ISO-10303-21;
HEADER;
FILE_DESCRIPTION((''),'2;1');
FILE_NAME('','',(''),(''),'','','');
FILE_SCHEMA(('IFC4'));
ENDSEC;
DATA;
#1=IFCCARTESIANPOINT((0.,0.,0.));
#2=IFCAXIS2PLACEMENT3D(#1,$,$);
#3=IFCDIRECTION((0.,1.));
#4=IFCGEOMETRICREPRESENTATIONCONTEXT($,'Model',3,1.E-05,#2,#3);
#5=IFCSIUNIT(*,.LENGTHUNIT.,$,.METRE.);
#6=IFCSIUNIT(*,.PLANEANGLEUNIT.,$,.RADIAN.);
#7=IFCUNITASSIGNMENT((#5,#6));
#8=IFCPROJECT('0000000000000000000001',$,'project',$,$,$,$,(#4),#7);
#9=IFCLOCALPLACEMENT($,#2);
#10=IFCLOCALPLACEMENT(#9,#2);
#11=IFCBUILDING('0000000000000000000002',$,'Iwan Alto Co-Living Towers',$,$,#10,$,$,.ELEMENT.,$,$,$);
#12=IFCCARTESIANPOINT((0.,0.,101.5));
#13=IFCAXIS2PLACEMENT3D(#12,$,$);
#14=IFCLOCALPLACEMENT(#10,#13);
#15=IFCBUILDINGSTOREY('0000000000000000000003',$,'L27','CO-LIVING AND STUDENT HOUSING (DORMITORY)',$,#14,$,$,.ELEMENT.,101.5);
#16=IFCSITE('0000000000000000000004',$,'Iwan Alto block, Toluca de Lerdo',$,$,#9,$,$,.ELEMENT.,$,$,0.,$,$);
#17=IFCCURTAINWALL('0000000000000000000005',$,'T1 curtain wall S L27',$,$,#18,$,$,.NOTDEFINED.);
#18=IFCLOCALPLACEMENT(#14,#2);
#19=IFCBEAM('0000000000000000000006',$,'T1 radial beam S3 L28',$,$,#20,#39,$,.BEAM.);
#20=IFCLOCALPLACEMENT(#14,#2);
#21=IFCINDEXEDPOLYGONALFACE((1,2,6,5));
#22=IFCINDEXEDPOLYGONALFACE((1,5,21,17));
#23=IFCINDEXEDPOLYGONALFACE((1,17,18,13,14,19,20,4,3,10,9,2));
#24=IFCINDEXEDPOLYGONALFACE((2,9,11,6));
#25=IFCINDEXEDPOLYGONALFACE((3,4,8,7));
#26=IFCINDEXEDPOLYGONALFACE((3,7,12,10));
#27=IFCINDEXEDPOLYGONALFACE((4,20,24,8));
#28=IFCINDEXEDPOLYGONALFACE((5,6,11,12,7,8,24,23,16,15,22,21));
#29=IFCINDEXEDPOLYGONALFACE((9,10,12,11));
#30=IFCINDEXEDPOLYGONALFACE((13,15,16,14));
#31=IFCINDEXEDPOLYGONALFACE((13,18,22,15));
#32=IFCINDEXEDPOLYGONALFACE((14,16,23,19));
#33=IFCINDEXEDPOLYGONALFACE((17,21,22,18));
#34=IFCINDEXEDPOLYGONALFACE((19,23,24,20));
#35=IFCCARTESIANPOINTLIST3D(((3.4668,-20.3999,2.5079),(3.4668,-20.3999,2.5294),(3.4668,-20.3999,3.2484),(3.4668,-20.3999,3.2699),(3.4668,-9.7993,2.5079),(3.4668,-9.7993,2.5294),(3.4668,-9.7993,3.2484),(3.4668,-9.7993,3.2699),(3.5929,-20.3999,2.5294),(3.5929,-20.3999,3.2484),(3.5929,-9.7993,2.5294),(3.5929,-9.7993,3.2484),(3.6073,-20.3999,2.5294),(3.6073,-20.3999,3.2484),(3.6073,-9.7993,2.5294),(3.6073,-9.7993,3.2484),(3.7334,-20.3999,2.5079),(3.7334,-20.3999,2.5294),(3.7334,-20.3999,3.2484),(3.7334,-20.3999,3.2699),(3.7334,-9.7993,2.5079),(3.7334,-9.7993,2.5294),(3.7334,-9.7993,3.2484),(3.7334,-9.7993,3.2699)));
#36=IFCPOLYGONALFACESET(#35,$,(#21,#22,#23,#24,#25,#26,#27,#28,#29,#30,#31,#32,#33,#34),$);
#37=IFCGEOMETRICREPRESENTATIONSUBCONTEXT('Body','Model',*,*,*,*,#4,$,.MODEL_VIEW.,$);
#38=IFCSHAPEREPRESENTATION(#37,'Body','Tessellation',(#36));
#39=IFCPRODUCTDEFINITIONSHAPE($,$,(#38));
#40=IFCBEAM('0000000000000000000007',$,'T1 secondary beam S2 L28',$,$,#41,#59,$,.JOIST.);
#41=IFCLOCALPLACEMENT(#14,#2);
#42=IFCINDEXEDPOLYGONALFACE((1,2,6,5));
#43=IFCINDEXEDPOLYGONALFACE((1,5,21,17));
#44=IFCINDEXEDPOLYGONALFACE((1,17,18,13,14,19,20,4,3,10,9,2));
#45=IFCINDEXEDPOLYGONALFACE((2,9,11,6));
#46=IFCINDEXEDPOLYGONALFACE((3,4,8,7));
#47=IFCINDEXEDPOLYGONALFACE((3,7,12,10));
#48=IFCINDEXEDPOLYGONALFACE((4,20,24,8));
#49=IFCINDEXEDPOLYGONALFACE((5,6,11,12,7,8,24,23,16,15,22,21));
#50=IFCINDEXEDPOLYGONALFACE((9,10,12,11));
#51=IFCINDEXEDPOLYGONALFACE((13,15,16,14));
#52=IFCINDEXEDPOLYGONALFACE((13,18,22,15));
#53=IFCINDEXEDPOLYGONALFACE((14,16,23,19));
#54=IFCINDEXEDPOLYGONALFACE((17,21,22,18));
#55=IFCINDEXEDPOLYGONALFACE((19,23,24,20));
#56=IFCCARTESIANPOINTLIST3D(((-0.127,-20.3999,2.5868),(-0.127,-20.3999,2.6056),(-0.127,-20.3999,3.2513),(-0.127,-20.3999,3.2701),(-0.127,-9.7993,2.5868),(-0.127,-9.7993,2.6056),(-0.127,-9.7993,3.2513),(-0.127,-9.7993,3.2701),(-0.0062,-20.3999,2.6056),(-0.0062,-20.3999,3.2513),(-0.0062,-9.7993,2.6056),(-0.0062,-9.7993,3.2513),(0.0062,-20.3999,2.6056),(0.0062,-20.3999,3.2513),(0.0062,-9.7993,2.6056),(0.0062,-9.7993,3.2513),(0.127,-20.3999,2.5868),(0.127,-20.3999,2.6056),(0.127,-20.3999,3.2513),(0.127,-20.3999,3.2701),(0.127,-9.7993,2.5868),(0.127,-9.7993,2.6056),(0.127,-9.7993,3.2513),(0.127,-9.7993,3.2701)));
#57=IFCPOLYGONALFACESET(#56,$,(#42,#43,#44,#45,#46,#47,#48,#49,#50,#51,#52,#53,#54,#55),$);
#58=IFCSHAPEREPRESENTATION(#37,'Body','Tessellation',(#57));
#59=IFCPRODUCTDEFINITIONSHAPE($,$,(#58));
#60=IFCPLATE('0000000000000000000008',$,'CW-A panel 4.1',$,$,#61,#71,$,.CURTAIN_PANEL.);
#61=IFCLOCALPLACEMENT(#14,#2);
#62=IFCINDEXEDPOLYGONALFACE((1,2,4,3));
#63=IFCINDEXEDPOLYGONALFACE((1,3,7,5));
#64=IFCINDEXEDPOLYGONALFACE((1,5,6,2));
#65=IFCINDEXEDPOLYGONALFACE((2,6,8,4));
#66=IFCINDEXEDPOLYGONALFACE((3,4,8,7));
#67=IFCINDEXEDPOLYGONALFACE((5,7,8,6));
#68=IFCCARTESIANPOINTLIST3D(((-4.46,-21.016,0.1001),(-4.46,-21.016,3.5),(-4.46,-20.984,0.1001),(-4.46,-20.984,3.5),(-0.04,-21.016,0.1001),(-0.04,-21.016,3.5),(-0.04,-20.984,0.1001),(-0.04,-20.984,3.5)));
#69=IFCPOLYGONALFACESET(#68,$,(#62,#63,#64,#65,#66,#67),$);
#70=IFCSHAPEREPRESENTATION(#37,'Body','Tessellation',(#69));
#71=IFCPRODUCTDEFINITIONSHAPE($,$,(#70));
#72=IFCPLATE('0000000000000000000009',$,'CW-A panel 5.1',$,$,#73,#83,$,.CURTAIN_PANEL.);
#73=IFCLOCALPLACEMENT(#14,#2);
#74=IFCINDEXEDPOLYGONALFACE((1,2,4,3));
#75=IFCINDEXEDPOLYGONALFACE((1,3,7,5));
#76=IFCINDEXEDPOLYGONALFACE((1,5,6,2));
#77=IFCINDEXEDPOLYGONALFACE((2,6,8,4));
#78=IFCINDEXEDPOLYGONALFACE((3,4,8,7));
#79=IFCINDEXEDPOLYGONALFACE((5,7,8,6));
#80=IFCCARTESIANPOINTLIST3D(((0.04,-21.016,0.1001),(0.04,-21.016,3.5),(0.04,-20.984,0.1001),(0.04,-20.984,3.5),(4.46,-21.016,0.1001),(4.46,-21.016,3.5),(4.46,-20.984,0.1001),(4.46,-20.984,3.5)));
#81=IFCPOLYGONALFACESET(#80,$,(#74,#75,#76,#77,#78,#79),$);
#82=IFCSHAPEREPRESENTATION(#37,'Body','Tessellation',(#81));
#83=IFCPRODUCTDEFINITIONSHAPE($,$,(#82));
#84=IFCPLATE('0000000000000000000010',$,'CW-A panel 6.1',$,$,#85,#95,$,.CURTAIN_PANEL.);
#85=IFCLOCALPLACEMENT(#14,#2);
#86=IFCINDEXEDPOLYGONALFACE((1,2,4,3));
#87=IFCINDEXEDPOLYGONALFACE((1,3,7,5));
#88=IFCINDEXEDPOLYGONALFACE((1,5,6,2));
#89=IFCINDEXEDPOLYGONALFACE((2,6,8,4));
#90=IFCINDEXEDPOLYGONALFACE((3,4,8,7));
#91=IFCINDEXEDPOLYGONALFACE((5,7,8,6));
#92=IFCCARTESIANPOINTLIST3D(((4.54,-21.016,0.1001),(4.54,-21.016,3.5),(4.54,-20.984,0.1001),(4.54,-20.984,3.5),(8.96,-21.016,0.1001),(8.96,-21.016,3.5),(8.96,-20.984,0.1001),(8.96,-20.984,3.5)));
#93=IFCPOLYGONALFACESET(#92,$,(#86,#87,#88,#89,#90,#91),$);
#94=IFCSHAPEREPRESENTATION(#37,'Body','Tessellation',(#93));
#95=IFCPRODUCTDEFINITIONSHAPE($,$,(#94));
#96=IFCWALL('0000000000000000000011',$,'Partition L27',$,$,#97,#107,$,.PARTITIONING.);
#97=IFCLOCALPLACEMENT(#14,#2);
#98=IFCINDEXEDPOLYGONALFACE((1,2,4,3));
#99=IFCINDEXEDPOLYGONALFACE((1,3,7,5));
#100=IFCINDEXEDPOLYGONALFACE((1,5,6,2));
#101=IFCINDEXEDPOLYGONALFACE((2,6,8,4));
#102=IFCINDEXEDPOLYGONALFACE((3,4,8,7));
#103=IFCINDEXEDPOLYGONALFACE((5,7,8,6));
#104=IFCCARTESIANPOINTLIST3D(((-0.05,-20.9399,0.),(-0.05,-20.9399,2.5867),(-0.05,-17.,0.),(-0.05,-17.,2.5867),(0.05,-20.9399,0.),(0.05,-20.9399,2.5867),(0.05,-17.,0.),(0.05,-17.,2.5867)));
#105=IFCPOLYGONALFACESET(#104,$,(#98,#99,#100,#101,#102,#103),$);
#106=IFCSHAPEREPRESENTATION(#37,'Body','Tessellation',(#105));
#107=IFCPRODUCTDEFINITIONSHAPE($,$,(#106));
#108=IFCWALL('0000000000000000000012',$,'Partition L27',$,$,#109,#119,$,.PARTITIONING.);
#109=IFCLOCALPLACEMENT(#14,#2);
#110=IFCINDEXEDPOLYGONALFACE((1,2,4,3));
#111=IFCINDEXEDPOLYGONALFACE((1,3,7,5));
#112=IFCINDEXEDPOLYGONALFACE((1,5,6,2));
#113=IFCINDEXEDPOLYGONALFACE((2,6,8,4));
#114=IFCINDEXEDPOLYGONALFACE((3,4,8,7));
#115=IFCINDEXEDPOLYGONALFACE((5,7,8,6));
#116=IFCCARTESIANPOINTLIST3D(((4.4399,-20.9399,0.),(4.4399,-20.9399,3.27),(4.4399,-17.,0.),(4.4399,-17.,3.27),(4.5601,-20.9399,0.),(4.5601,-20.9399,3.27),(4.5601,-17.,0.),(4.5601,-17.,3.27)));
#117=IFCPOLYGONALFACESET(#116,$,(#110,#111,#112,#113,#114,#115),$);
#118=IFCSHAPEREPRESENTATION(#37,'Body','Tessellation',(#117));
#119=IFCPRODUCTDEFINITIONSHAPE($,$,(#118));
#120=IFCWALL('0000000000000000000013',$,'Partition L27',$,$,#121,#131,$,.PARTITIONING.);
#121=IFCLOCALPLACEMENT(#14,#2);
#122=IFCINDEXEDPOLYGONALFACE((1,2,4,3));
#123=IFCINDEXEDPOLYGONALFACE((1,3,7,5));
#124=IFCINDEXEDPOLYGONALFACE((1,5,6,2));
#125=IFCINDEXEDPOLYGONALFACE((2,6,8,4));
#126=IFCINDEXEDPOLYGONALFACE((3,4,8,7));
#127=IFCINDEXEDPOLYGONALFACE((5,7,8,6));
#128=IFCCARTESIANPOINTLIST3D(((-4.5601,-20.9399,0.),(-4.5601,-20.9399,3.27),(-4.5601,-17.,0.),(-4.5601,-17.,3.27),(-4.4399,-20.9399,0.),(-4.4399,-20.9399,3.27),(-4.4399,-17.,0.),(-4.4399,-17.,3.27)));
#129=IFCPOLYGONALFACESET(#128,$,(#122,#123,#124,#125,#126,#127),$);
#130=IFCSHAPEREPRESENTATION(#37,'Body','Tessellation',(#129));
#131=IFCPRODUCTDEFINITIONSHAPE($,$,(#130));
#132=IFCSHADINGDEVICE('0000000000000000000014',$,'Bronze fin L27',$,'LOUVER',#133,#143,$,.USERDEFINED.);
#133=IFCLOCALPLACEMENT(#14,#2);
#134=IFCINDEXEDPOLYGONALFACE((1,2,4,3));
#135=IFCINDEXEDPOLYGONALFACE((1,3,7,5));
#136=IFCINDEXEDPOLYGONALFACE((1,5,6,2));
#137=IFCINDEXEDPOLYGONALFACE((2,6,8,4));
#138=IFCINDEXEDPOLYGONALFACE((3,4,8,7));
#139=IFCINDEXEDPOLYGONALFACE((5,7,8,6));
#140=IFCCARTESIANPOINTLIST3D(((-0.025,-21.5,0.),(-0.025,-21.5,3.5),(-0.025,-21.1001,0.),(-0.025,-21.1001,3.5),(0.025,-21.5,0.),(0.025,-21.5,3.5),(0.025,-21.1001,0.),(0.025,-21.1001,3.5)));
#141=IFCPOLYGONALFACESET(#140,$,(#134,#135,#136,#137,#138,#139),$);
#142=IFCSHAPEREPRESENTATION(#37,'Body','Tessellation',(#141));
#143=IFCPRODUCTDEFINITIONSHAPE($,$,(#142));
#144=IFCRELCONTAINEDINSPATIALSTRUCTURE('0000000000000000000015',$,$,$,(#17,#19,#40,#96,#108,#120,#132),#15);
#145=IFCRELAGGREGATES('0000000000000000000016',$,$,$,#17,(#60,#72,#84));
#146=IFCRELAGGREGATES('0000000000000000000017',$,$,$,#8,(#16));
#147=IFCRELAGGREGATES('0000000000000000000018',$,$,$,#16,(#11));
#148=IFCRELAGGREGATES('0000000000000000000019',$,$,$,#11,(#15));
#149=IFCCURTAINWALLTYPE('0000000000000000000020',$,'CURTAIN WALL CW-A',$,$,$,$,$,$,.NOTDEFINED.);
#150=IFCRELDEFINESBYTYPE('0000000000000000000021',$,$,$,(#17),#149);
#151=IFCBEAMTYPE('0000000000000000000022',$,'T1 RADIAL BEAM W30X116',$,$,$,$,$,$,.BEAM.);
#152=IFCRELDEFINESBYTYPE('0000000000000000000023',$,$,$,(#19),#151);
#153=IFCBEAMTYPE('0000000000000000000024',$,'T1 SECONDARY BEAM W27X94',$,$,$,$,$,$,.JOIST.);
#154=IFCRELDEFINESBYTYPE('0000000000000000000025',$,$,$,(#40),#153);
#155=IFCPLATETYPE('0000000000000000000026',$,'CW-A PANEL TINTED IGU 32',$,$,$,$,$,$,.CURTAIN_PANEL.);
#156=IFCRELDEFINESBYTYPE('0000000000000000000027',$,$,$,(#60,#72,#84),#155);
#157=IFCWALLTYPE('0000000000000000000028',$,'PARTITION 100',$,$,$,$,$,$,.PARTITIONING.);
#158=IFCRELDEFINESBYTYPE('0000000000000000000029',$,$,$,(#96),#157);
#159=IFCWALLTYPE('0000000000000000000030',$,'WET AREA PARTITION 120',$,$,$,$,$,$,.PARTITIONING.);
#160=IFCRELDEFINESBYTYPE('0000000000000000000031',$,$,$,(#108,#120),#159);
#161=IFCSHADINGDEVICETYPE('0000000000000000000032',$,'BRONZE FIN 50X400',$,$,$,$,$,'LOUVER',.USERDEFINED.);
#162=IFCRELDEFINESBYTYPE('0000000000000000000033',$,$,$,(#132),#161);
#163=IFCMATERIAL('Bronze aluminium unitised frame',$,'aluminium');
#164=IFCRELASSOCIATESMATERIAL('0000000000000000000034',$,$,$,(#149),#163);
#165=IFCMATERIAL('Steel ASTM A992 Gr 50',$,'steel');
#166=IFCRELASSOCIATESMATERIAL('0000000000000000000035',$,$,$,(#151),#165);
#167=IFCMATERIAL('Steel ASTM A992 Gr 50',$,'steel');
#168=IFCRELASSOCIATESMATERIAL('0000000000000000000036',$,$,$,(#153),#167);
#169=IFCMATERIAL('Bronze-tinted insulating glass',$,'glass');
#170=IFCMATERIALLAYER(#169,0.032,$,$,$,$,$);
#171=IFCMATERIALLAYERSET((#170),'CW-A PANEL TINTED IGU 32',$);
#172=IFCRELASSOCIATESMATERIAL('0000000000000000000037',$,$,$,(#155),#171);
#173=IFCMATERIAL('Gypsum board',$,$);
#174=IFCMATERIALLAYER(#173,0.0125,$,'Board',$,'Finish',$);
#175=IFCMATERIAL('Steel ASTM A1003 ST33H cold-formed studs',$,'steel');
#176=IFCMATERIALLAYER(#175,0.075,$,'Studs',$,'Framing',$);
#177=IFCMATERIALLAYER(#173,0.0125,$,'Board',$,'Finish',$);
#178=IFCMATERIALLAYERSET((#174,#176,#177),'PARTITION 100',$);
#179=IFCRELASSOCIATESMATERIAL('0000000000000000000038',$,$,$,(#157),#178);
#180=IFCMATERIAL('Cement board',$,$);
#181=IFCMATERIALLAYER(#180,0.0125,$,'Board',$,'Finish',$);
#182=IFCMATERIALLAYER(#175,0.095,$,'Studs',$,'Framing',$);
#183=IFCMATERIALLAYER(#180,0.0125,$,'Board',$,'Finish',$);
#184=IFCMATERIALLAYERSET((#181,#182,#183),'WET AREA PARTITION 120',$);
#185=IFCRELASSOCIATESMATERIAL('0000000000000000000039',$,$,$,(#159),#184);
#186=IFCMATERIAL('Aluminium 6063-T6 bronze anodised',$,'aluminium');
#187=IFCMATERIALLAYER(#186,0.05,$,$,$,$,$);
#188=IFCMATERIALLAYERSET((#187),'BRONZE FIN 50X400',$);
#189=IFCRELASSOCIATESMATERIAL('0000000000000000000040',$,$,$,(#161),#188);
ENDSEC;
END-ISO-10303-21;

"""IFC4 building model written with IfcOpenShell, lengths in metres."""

from ifc_helpers import new_model, si_unit, direction, frame, frame_2d, origin, origin_2d, place, context, subcontext, project, spatial, rectangle, i_section, extrude, material, layer, layer_set, material_profile, profile_set, type_object, element, aggregate, save


model = new_model("IFC4")

# Units and contexts
model_context = context("Model", 3, precision=1e-05, world=origin(), true_north=direction((0.0, 1.0)))
body_context = subcontext(model_context, "Body", "Model", "MODEL_VIEW")
ifc_project = project(units=[si_unit("LENGTHUNIT", "METRE"), si_unit("PLANEANGLEUNIT", "RADIAN")], contexts=[model_context])

# Site, building, storey
site_placement = place(None, origin())
site = spatial("IfcSite", under=ifc_project, at=site_placement, Name="Iwan Alto block, Toluca de Lerdo", CompositionType="ELEMENT", RefElevation=0.0)
building_placement = place(site_placement, origin())
building = spatial("IfcBuilding", under=site, at=building_placement, Name="Iwan Alto Co-Living Towers", CompositionType="ELEMENT")
storey_placement = place(building_placement, frame((0.0, 0.0, 101.5)))
storey = spatial("IfcBuildingStorey", under=building, at=storey_placement, Name="L27", Description="CO-LIVING AND STUDENT HOUSING (DORMITORY)", CompositionType="ELEMENT", Elevation=101.5)

# Curtain wall
ifc_material_1 = material(Name="Bronze aluminium unitised frame", Category="aluminium")
curtain_wall_type = type_object("IfcCurtainWallType", Name="CURTAIN WALL CW-A", PredefinedType="NOTDEFINED", material=ifc_material_1)
curtain_wall_placement = place(storey_placement, origin())
curtain_wall = element("IfcCurtainWall", 1, at=curtain_wall_placement, inside=storey, type_object=curtain_wall_type, Name="T1 curtain wall S L27", PredefinedType="NOTDEFINED")

# Beams
ifc_material_2 = material(Name="Steel ASTM A992 Gr 50", Category="steel")
ifc_material_profile_1 = material_profile(ifc_material_2, i_section(OverallWidth=0.2666, OverallDepth=0.762, WebThickness=0.0144, FlangeThickness=0.0215, at=origin_2d()), Name="W30X116")
ifc_profile_set_1 = profile_set([ifc_material_profile_1], Name="Steel ASTM A992 Gr 50")
beam_type_1 = type_object("IfcBeamType", Name="T1 RADIAL BEAM W30X116", PredefinedType="BEAM", material=ifc_profile_set_1)
for number, where, z_axis, x_axis, name in (
    (2, (3.6001, -20.3999, 2.8889), (0.0, 1.0, 0.0), (-1.0, 0.0, 0.0), "T1 radial beam S3 L28"),
):
    element("IfcBeam", number, at=place(storey_placement, frame(where, z_axis=z_axis, x_axis=x_axis)), inside=storey, type_object=beam_type_1, Name=name, PredefinedType="BEAM", context=body_context, shape_type="SweptSolid", body=[
        extrude(i_section(OverallWidth=0.2666, OverallDepth=0.762, WebThickness=0.0144, FlangeThickness=0.0215, at=origin_2d()), origin(), (0.0, 0.0, 1.0), 10.6006),
    ])
ifc_material_3 = material(Name="Steel ASTM A992 Gr 50", Category="steel")
ifc_material_profile_2 = material_profile(ifc_material_3, i_section(OverallWidth=0.2539, OverallDepth=0.6833, WebThickness=0.0125, FlangeThickness=0.0188, at=origin_2d()), Name="W27X94")
ifc_profile_set_2 = profile_set([ifc_material_profile_2], Name="Steel ASTM A992 Gr 50")
beam_type_2 = type_object("IfcBeamType", Name="T1 SECONDARY BEAM W27X94", PredefinedType="JOIST", material=ifc_profile_set_2)
beam_1_placement = place(storey_placement, frame((0.0, -20.3999, 2.9285), z_axis=(0.0, 1.0, 0.0), x_axis=(-1.0, 0.0, 0.0)))
element("IfcBeam", 3, at=beam_1_placement, inside=storey, type_object=beam_type_2, Name="T1 secondary beam S2 L28", PredefinedType="JOIST", context=body_context, shape_type="SweptSolid", body=[
    extrude(i_section(OverallWidth=0.2539, OverallDepth=0.6833, WebThickness=0.0125, FlangeThickness=0.0188, at=origin_2d()), origin(), (0.0, 0.0, 1.0), 10.6006),
])

# Plates
ifc_material_4 = material(Name="Bronze-tinted insulating glass", Category="glass")
ifc_layer_1 = layer(ifc_material_4, 0.032)
ifc_layer_set_1 = layer_set([ifc_layer_1], Name="CW-A PANEL TINTED IGU 32")
plate_type = type_object("IfcPlateType", Name="CW-A PANEL TINTED IGU 32", PredefinedType="CURTAIN_PANEL", material=ifc_layer_set_1)
plate_1_placement = place(storey_placement, frame((-2.25, -21.0, 0.1001), z_axis=(0.0, 0.0, 1.0), x_axis=(1.0, 0.0, 0.0)))
plate_1 = element("IfcPlate", 4, at=plate_1_placement, type_object=plate_type, Name="CW-A panel 4.1", PredefinedType="CURTAIN_PANEL", context=body_context, shape_type="SweptSolid", body=[
    extrude(rectangle(XDim=4.4199, YDim=0.032, at=origin_2d()), origin(), (0.0, 0.0, 1.0), 3.3999),
])
plate_2_placement = place(storey_placement, frame((2.25, -21.0, 0.1001), z_axis=(0.0, 0.0, 1.0), x_axis=(1.0, 0.0, 0.0)))
plate_2 = element("IfcPlate", 5, at=plate_2_placement, type_object=plate_type, Name="CW-A panel 5.1", PredefinedType="CURTAIN_PANEL", context=body_context, shape_type="SweptSolid", body=[
    extrude(rectangle(XDim=4.4199, YDim=0.032, at=origin_2d()), origin(), (0.0, 0.0, 1.0), 3.3999),
])
plate_3_placement = place(storey_placement, frame((6.75, -21.0, 0.1001), z_axis=(0.0, 0.0, 1.0), x_axis=(1.0, 0.0, 0.0)))
plate_3 = element("IfcPlate", 6, at=plate_3_placement, type_object=plate_type, Name="CW-A panel 6.1", PredefinedType="CURTAIN_PANEL", context=body_context, shape_type="SweptSolid", body=[
    extrude(rectangle(XDim=4.4199, YDim=0.032, at=origin_2d()), origin(), (0.0, 0.0, 1.0), 3.3999),
])
aggregate(curtain_wall, [plate_1, plate_2, plate_3])

# Walls
ifc_material_5 = material(Name="Gypsum board")
ifc_layer_2 = layer(ifc_material_5, 0.0125, Name="Board", Category="Finish")
ifc_material_6 = material(Name="Steel ASTM A1003 ST33H cold-formed studs", Category="steel")
ifc_layer_3 = layer(ifc_material_6, 0.075, Name="Studs", Category="Framing")
ifc_layer_4 = layer(ifc_material_5, 0.0125, Name="Board", Category="Finish")
ifc_layer_set_2 = layer_set([ifc_layer_2, ifc_layer_3, ifc_layer_4], Name="PARTITION 100")
wall_type_1 = type_object("IfcWallType", Name="PARTITION 100", PredefinedType="PARTITIONING", material=ifc_layer_set_2)
wall_placement = place(storey_placement, frame((0.0, -20.9399, 0.0), z_axis=(0.0, 0.0, 1.0), x_axis=(0.0, 1.0, 0.0)))
element("IfcWall", 7, at=wall_placement, inside=storey, type_object=wall_type_1, Name="Partition L27", PredefinedType="PARTITIONING", context=body_context, shape_type="SweptSolid", body=[
    extrude(rectangle(XDim=3.9399, YDim=0.1001, at=frame_2d((1.97, 0.0))), origin(), (0.0, 0.0, 1.0), 2.5867),
])
ifc_material_7 = material(Name="Cement board")
ifc_layer_5 = layer(ifc_material_7, 0.0125, Name="Board", Category="Finish")
ifc_layer_6 = layer(ifc_material_6, 0.095, Name="Studs", Category="Framing")
ifc_layer_7 = layer(ifc_material_7, 0.0125, Name="Board", Category="Finish")
ifc_layer_set_3 = layer_set([ifc_layer_5, ifc_layer_6, ifc_layer_7], Name="WET AREA PARTITION 120")
wall_type_2 = type_object("IfcWallType", Name="WET AREA PARTITION 120", PredefinedType="PARTITIONING", material=ifc_layer_set_3)
for number, where, z_axis, x_axis, name in (
    (8, (4.5, -20.9399, 0.0), (0.0, 0.0, 1.0), (0.0, 1.0, 0.0), "Partition L27"),
    (9, (-4.5, -20.9399, 0.0), (0.0, 0.0, 1.0), (0.0, 1.0, 0.0), "Partition L27"),
):
    element("IfcWall", number, at=place(storey_placement, frame(where, z_axis=z_axis, x_axis=x_axis)), inside=storey, type_object=wall_type_2, Name=name, PredefinedType="PARTITIONING", context=body_context, shape_type="SweptSolid", body=[
        extrude(rectangle(XDim=3.9399, YDim=0.1201, at=frame_2d((1.97, 0.0))), origin(), (0.0, 0.0, 1.0), 3.27),
    ])

# Shading device
ifc_material_8 = material(Name="Aluminium 6063-T6 bronze anodised", Category="aluminium")
ifc_layer_8 = layer(ifc_material_8, 0.05)
ifc_layer_set_4 = layer_set([ifc_layer_8], Name="BRONZE FIN 50X400")
shading_device_type = type_object("IfcShadingDeviceType", Name="BRONZE FIN 50X400", ElementType="LOUVER", PredefinedType="USERDEFINED", material=ifc_layer_set_4)
shading_device_placement = place(storey_placement, frame((0.0, -21.3, 0.0), z_axis=(0.0, 0.0, 1.0), x_axis=(1.0, 0.0, 0.0)))
element("IfcShadingDevice", 10, at=shading_device_placement, inside=storey, type_object=shading_device_type, Name="Bronze fin L27", ObjectType="LOUVER", PredefinedType="USERDEFINED", context=body_context, shape_type="SweptSolid", body=[
    extrude(rectangle(XDim=0.05, YDim=0.3999, at=origin_2d()), origin(), (0.0, 0.0, 1.0), 3.5),
])

save(model, "model.ifc")
